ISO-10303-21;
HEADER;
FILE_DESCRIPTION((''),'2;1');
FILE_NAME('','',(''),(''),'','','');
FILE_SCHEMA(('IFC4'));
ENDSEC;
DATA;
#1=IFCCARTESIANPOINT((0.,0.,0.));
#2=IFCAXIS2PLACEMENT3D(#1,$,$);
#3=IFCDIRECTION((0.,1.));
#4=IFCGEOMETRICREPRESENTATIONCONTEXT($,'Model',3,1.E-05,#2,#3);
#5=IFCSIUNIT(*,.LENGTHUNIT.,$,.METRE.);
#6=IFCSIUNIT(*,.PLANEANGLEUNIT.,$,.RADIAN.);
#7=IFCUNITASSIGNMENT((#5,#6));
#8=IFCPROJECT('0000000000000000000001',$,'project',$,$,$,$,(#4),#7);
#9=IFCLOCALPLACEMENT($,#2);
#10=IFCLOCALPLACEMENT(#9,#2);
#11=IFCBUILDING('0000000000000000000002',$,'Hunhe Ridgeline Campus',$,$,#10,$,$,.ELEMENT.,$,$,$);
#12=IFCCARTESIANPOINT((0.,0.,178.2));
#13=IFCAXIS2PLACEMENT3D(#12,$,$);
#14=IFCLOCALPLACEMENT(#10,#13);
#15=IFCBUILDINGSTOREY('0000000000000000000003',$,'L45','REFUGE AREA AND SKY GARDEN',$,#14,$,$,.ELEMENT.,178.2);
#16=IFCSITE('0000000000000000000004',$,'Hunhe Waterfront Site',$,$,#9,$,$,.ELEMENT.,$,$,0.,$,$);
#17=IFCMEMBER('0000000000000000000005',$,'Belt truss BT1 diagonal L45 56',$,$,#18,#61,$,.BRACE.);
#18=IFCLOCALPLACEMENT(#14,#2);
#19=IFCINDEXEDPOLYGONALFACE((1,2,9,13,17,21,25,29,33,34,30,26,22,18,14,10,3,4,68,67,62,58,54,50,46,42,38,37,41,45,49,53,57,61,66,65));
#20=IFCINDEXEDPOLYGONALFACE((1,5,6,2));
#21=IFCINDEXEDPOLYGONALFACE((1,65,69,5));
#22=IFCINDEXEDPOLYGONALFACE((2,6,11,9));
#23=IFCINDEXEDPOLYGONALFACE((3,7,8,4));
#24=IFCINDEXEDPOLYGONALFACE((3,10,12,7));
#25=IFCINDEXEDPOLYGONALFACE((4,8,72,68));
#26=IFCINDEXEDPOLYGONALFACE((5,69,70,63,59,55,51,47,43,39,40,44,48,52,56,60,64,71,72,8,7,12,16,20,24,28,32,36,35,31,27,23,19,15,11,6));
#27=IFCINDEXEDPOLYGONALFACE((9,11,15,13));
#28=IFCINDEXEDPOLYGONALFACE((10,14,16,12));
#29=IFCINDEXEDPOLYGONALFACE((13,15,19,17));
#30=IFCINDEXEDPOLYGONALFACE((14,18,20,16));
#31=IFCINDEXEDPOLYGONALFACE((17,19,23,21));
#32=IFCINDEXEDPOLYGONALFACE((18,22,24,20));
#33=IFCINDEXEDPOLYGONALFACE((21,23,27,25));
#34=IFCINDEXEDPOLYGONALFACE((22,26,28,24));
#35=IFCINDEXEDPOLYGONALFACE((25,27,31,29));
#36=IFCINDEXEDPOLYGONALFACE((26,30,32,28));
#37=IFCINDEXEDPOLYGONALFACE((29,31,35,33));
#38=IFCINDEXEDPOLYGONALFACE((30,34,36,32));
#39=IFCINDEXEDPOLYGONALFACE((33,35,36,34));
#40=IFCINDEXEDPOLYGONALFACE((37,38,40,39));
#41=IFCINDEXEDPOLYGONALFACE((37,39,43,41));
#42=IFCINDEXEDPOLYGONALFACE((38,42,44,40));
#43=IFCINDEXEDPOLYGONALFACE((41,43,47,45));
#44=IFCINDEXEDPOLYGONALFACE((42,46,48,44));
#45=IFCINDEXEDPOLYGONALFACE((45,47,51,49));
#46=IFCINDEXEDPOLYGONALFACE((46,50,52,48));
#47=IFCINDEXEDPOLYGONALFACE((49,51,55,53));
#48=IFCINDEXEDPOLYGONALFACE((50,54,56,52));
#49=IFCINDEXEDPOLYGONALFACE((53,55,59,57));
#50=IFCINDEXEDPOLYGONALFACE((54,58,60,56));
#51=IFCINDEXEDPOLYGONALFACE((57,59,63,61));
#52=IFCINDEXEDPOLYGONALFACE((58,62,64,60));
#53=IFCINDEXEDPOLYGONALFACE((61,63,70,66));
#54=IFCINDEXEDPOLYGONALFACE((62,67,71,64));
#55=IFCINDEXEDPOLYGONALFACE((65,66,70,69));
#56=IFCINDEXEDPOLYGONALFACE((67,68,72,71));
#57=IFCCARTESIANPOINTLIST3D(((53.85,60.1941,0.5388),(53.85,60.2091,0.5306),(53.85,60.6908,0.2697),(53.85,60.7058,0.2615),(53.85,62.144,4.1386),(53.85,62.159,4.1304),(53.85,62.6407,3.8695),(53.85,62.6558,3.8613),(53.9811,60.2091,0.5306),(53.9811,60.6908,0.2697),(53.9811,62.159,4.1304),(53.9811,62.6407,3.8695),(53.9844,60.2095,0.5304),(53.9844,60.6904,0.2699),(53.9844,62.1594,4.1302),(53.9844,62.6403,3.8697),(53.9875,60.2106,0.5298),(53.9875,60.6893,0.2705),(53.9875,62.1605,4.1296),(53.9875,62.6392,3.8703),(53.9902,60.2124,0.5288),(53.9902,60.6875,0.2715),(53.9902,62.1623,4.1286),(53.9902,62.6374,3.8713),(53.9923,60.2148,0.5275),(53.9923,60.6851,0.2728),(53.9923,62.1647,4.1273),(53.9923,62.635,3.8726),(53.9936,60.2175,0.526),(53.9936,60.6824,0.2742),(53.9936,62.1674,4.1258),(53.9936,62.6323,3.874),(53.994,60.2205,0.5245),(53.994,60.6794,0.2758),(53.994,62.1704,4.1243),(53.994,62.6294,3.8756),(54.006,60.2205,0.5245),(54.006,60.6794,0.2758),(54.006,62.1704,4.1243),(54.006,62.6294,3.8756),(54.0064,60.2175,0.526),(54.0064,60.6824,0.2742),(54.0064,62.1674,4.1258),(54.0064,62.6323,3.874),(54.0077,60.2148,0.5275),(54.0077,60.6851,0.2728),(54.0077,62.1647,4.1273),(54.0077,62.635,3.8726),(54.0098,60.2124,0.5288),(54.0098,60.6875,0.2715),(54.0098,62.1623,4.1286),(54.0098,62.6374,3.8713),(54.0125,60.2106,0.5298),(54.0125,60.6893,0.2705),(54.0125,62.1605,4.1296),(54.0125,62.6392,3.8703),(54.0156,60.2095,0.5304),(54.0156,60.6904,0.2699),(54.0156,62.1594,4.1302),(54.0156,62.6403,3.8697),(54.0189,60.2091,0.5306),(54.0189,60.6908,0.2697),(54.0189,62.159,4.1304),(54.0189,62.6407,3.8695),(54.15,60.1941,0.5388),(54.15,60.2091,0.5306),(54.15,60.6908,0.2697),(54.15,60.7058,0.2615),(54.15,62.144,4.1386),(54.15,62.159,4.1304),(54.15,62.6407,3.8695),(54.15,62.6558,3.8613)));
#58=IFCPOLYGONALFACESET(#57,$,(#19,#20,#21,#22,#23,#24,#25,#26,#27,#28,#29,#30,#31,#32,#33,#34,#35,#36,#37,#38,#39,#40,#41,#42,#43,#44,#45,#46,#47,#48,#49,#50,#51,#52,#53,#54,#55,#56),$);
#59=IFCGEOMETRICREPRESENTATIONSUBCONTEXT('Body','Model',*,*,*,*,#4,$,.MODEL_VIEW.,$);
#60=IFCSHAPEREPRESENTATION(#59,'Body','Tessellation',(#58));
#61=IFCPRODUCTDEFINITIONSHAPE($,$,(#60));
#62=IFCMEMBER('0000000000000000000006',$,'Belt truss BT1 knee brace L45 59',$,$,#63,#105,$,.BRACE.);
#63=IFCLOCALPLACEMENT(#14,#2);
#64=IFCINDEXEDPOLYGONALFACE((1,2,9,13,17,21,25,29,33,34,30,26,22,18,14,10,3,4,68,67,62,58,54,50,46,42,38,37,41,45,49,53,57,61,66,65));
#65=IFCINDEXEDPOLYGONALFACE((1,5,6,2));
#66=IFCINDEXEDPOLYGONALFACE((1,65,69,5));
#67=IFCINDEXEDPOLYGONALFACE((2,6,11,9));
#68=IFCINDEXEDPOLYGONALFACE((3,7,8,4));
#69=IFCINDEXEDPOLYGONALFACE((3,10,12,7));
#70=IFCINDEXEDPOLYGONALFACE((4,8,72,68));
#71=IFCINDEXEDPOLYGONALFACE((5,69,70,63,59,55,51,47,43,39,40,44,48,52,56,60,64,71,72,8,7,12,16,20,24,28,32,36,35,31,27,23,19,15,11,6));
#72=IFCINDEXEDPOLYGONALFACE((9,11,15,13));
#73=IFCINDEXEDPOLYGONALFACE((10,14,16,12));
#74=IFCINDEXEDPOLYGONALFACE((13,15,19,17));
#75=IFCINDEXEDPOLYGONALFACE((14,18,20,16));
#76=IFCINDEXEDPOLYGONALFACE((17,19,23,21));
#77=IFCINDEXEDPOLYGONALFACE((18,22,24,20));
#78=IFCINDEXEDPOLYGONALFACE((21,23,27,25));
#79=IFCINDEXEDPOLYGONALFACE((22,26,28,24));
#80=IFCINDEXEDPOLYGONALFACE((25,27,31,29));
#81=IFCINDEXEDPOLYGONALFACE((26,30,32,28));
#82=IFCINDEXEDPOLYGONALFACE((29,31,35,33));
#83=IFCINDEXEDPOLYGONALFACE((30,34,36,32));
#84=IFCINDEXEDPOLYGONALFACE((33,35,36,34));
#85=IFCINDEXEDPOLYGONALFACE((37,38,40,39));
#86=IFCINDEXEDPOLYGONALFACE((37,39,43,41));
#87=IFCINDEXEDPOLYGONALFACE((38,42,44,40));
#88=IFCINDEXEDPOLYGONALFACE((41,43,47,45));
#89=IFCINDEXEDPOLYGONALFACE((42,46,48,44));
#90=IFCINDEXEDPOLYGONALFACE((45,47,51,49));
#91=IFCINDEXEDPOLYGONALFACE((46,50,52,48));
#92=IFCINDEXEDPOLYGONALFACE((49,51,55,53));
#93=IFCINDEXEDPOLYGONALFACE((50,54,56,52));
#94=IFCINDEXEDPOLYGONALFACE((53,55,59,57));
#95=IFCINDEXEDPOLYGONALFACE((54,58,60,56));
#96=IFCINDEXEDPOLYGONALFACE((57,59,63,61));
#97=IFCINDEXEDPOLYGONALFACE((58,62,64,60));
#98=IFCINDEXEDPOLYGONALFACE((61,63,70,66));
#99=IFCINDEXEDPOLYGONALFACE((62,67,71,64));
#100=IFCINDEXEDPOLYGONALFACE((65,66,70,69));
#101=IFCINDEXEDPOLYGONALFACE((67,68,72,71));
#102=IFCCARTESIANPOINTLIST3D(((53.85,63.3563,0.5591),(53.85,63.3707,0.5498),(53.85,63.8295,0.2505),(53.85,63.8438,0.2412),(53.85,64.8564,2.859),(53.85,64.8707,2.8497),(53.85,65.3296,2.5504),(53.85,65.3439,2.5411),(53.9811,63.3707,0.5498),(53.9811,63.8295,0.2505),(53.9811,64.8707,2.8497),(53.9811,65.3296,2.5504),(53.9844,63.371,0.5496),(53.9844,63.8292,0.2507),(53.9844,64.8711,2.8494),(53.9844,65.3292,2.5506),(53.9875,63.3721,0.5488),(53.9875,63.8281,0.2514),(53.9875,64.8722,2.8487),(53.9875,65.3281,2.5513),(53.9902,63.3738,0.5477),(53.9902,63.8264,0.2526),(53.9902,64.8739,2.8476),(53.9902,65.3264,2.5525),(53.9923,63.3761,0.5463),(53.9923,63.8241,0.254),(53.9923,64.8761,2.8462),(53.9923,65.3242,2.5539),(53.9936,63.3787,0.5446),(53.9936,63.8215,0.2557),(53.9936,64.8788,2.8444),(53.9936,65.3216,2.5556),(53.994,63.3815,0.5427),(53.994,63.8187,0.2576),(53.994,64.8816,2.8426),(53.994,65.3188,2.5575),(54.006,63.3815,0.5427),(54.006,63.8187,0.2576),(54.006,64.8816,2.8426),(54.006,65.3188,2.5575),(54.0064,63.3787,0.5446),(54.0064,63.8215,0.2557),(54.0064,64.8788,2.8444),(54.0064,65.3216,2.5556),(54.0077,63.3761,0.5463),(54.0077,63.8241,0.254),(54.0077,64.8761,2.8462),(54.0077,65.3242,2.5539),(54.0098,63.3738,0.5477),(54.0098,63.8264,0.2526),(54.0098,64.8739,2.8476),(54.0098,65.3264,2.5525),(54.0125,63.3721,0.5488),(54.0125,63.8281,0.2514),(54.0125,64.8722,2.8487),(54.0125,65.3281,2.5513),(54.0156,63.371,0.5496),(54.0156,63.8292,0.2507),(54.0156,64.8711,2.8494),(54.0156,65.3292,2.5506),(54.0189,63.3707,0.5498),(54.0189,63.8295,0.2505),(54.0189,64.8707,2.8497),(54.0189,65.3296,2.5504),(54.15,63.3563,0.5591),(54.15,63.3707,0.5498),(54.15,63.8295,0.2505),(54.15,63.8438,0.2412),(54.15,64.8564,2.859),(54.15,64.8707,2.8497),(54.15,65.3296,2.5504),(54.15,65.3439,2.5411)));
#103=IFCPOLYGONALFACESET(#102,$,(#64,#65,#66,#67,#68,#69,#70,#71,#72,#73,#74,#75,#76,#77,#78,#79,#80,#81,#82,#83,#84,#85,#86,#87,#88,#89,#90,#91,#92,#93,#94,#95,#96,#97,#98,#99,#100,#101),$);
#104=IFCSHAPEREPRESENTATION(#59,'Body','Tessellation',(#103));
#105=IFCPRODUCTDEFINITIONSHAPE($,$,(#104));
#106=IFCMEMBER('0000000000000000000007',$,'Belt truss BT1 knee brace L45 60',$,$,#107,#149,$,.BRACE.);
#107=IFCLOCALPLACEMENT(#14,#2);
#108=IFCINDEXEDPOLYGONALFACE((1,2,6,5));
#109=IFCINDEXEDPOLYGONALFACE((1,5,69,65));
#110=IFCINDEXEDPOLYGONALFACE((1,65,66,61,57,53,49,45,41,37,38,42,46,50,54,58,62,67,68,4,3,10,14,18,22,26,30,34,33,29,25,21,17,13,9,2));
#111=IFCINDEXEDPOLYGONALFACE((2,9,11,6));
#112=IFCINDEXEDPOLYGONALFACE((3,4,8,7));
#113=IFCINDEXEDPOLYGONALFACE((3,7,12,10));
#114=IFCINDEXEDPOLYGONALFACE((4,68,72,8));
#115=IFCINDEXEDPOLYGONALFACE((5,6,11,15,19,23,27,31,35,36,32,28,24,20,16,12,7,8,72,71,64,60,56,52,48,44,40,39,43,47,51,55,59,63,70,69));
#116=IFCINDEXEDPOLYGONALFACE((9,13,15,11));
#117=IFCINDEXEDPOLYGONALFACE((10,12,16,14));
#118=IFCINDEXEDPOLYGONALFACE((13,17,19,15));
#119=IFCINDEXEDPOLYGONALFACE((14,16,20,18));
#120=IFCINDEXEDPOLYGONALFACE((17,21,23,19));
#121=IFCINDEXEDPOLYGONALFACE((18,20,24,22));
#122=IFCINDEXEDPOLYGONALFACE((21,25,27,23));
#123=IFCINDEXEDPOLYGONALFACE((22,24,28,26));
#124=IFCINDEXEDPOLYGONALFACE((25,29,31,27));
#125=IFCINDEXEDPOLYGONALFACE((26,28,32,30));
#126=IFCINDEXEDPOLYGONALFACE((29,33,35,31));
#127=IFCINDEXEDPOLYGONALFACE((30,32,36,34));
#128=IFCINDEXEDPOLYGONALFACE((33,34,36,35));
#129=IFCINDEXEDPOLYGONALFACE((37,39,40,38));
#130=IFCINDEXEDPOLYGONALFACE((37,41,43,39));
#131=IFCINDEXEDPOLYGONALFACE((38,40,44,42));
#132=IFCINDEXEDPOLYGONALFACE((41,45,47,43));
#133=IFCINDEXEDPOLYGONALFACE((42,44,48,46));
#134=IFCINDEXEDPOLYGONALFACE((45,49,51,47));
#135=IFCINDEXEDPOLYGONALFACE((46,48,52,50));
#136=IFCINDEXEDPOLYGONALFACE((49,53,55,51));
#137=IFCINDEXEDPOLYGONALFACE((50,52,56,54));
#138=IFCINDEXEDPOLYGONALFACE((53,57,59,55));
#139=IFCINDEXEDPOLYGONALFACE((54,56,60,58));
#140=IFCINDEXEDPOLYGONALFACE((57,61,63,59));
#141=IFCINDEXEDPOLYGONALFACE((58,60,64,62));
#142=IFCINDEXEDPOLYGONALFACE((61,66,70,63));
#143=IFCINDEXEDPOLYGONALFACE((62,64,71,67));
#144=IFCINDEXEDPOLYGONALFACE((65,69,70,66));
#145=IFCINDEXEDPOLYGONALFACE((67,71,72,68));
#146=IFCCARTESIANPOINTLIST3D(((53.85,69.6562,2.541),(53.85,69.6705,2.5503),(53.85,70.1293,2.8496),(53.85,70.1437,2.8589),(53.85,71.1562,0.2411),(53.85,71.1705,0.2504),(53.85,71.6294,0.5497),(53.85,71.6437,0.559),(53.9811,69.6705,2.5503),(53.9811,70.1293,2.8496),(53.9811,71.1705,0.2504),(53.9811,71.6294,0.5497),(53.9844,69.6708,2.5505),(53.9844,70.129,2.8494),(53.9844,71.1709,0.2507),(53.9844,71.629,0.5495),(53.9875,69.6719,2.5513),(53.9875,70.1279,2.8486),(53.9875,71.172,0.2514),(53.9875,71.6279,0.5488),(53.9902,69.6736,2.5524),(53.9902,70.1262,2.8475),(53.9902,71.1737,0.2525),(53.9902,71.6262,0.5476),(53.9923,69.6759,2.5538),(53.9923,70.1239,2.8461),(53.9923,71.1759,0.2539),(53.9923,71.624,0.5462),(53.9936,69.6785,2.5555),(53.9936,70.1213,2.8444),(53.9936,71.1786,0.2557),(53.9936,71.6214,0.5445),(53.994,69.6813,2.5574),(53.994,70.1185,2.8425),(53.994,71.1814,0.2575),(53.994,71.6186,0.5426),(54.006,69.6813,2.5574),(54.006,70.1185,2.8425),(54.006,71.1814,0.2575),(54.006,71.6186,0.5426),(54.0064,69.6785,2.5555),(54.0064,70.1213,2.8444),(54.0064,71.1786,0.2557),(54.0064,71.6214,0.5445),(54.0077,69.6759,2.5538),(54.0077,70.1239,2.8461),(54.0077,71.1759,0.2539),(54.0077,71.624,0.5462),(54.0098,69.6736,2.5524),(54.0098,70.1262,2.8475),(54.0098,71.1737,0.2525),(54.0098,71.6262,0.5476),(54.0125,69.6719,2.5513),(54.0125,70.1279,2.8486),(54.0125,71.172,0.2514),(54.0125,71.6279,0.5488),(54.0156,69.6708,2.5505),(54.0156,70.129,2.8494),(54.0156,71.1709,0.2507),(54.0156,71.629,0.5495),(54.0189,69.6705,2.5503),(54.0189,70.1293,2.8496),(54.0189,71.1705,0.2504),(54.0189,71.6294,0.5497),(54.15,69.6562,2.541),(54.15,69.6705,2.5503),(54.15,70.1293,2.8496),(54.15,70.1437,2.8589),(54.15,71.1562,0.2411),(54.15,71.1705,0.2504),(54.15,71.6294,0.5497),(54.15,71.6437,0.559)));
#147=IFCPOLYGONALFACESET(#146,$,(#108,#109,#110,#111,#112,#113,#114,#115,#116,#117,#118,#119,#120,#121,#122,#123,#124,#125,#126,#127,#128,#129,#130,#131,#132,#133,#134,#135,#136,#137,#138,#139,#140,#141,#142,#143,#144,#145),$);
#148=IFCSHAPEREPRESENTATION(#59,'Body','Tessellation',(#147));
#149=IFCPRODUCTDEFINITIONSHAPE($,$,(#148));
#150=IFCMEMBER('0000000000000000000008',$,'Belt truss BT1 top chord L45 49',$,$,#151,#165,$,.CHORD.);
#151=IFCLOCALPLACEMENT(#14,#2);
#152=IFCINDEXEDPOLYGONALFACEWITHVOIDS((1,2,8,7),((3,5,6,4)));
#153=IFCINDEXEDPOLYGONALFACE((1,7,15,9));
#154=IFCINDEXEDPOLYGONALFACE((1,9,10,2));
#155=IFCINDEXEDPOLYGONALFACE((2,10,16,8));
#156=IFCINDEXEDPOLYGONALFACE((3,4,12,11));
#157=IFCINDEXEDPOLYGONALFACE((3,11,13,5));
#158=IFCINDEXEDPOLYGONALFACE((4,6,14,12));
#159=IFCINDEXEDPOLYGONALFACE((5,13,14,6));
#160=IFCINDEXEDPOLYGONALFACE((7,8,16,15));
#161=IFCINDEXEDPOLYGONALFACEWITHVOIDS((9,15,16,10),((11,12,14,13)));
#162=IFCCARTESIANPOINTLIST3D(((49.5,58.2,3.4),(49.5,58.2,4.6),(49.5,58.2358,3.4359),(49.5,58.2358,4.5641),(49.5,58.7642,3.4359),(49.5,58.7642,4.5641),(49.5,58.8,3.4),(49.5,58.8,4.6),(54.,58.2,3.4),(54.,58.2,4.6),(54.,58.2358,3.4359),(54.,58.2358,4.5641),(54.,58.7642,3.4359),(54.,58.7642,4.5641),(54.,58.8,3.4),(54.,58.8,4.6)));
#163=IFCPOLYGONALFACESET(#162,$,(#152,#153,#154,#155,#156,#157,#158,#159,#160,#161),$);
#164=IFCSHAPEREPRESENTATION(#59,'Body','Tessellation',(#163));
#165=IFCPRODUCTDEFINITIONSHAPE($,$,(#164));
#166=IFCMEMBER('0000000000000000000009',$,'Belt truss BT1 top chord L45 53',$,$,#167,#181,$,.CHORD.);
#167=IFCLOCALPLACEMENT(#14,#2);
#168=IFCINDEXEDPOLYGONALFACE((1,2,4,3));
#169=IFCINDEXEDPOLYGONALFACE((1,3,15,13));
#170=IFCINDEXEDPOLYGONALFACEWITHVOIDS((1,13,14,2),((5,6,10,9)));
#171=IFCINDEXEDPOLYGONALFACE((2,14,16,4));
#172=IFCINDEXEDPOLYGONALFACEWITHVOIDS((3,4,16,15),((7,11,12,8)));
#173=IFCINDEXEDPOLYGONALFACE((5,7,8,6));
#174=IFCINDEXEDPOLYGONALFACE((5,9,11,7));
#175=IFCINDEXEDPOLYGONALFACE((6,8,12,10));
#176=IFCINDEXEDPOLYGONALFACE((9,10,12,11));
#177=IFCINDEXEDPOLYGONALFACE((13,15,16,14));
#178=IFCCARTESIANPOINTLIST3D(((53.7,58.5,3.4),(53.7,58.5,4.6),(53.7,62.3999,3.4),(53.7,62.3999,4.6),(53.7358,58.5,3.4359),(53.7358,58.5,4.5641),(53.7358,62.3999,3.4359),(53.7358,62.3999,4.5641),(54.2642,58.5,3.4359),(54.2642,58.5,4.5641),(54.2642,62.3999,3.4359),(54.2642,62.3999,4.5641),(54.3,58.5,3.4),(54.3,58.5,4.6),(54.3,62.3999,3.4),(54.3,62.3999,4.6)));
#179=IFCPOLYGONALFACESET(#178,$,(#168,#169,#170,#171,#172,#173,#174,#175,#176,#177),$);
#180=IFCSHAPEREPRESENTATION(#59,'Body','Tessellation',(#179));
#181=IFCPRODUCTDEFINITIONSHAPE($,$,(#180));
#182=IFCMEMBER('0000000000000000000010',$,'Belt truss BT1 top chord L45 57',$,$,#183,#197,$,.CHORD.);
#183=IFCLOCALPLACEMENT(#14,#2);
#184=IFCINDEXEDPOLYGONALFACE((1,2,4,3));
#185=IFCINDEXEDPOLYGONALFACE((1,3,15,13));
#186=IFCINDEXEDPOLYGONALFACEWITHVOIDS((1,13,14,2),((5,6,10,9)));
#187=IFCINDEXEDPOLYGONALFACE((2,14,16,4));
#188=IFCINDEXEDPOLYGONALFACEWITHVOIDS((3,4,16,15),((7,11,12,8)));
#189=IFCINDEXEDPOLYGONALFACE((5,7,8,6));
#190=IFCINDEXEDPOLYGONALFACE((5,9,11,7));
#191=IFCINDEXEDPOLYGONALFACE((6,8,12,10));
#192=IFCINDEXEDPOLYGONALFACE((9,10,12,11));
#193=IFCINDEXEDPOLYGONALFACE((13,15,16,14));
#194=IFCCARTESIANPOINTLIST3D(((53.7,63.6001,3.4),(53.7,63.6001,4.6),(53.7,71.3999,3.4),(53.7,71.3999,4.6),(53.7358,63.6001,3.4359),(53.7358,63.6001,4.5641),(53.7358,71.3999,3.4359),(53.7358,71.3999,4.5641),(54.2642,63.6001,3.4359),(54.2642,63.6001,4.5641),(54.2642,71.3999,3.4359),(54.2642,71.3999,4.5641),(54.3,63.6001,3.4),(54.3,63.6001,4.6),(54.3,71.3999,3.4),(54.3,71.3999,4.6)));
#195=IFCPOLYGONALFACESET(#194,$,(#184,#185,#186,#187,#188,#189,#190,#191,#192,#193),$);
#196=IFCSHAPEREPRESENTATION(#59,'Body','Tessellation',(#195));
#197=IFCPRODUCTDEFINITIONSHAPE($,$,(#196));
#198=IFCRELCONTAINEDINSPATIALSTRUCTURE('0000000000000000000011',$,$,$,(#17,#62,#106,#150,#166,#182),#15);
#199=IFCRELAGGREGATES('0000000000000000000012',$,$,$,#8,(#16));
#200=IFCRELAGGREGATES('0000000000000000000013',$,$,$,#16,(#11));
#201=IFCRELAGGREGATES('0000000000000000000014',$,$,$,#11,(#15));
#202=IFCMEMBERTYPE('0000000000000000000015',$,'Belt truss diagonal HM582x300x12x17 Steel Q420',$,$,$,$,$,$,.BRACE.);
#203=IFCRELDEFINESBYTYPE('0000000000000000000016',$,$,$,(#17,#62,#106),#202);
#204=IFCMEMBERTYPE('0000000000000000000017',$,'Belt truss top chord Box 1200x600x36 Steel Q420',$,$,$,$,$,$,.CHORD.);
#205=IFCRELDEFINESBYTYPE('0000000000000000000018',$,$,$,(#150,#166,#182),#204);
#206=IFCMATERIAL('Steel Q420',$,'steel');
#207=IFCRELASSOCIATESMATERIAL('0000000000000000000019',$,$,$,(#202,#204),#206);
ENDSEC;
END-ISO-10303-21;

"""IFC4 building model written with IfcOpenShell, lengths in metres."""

from ifc_helpers import new_model, si_unit, direction, frame, origin, origin_2d, place, context, subcontext, project, spatial, hollow_rectangle, i_section, extrude, material, material_profile, profile_set, type_object, element, save


model = new_model("IFC4")

# Units and contexts
model_context = context("Model", 3, precision=1e-05, world=origin(), true_north=direction((0.0, 1.0)))
body_context = subcontext(model_context, "Body", "Model", "MODEL_VIEW")
ifc_project = project(units=[si_unit("LENGTHUNIT", "METRE"), si_unit("PLANEANGLEUNIT", "RADIAN")], contexts=[model_context])

# Site, building, storey
site_placement = place(None, origin())
site = spatial("IfcSite", under=ifc_project, at=site_placement, Name="Hunhe Waterfront Site", CompositionType="ELEMENT", RefElevation=0.0)
building_placement = place(site_placement, origin())
building = spatial("IfcBuilding", under=site, at=building_placement, Name="Hunhe Ridgeline Campus", CompositionType="ELEMENT")
storey_placement = place(building_placement, frame((0.0, 0.0, 178.2)))
storey = spatial("IfcBuildingStorey", under=building, at=storey_placement, Name="L45", Description="REFUGE AREA AND SKY GARDEN", CompositionType="ELEMENT", Elevation=178.2)

# Members
ifc_material_1 = material(Name="Steel Q420", Category="steel")
ifc_material_profile_1 = material_profile(ifc_material_1, i_section(OverallWidth=0.3, OverallDepth=0.582, WebThickness=0.012, FlangeThickness=0.0171, FilletRadius=0.0129, at=origin_2d()))
ifc_profile_set_1 = profile_set([ifc_material_profile_1], Name="Steel Q420")
member_type_1 = type_object("IfcMemberType", Name="Belt truss diagonal HM582x300x12x17 Steel Q420", PredefinedType="BRACE", material=ifc_profile_set_1)
for number, where, z_axis, x_axis, name in (
    (1, (54.0, 60.45, 0.4001), (0.0, 0.476289, 0.879289), (-1.0, 0.0, 0.0), "Belt truss BT1 diagonal L45 56"),
):
    element("IfcMember", number, at=place(storey_placement, frame(where, z_axis=z_axis, x_axis=x_axis)), inside=storey, type_object=member_type_1, Name=name, PredefinedType="BRACE", context=body_context, shape_type="SweptSolid", body=[
        extrude(i_section(OverallWidth=0.3, OverallDepth=0.582, WebThickness=0.012, FlangeThickness=0.0171, FilletRadius=0.0129, at=origin_2d()), origin(), (0.0, 0.0, 1.0), 4.094),
    ])
for number, where, z_axis, x_axis, name in (
    (2, (54.0, 63.6001, 0.4001), (0.0, 0.5463, 0.837589), (-1.0, 0.0, 0.0), "Belt truss BT1 knee brace L45 59"),
    (3, (54.0, 69.8999, 2.7), (0.0, 0.5463, -0.837589), (-1.0, 0.0, 0.0), "Belt truss BT1 knee brace L45 60"),
):
    element("IfcMember", number, at=place(storey_placement, frame(where, z_axis=z_axis, x_axis=x_axis)), inside=storey, type_object=member_type_1, Name=name, PredefinedType="BRACE", context=body_context, shape_type="SweptSolid", body=[
        extrude(i_section(OverallWidth=0.3, OverallDepth=0.582, WebThickness=0.012, FlangeThickness=0.0171, FilletRadius=0.0129, at=origin_2d()), origin(), (0.0, 0.0, 1.0), 2.7458),
    ])
ifc_material_profile_2 = material_profile(ifc_material_1, hollow_rectangle(XDim=0.6001, YDim=1.2, WallThickness=0.0359, at=origin_2d()))
ifc_profile_set_2 = profile_set([ifc_material_profile_2], Name="Steel Q420")
member_type_2 = type_object("IfcMemberType", Name="Belt truss top chord Box 1200x600x36 Steel Q420", PredefinedType="CHORD", material=ifc_profile_set_2)
member_1_placement = place(storey_placement, frame((49.5, 58.5, 4.0), z_axis=(1.0, 0.0, 0.0), x_axis=(0.0, 1.0, 0.0)))
element("IfcMember", 4, at=member_1_placement, inside=storey, type_object=member_type_2, Name="Belt truss BT1 top chord L45 49", PredefinedType="CHORD", context=body_context, shape_type="SweptSolid", body=[
    extrude(hollow_rectangle(XDim=0.6001, YDim=1.2, WallThickness=0.0359, at=origin_2d()), origin(), (0.0, 0.0, 1.0), 4.5),
])
member_2_placement = place(storey_placement, frame((54.0, 58.5, 4.0), z_axis=(0.0, 1.0, 0.0), x_axis=(-1.0, 0.0, 0.0)))
element("IfcMember", 5, at=member_2_placement, inside=storey, type_object=member_type_2, Name="Belt truss BT1 top chord L45 53", PredefinedType="CHORD", context=body_context, shape_type="SweptSolid", body=[
    extrude(hollow_rectangle(XDim=0.6001, YDim=1.2, WallThickness=0.0359, at=origin_2d()), origin(), (0.0, 0.0, 1.0), 3.8999),
])
for number, where, z_axis, x_axis, name in (
    (6, (54.0, 63.6001, 4.0), (0.0, 1.0, 0.0), (-1.0, 0.0, 0.0), "Belt truss BT1 top chord L45 57"),
):
    element("IfcMember", number, at=place(storey_placement, frame(where, z_axis=z_axis, x_axis=x_axis)), inside=storey, type_object=member_type_2, Name=name, PredefinedType="CHORD", context=body_context, shape_type="SweptSolid", body=[
        extrude(hollow_rectangle(XDim=0.6001, YDim=1.2, WallThickness=0.0359, at=origin_2d()), origin(), (0.0, 0.0, 1.0), 7.7998),
    ])

save(model, "model.ifc")
